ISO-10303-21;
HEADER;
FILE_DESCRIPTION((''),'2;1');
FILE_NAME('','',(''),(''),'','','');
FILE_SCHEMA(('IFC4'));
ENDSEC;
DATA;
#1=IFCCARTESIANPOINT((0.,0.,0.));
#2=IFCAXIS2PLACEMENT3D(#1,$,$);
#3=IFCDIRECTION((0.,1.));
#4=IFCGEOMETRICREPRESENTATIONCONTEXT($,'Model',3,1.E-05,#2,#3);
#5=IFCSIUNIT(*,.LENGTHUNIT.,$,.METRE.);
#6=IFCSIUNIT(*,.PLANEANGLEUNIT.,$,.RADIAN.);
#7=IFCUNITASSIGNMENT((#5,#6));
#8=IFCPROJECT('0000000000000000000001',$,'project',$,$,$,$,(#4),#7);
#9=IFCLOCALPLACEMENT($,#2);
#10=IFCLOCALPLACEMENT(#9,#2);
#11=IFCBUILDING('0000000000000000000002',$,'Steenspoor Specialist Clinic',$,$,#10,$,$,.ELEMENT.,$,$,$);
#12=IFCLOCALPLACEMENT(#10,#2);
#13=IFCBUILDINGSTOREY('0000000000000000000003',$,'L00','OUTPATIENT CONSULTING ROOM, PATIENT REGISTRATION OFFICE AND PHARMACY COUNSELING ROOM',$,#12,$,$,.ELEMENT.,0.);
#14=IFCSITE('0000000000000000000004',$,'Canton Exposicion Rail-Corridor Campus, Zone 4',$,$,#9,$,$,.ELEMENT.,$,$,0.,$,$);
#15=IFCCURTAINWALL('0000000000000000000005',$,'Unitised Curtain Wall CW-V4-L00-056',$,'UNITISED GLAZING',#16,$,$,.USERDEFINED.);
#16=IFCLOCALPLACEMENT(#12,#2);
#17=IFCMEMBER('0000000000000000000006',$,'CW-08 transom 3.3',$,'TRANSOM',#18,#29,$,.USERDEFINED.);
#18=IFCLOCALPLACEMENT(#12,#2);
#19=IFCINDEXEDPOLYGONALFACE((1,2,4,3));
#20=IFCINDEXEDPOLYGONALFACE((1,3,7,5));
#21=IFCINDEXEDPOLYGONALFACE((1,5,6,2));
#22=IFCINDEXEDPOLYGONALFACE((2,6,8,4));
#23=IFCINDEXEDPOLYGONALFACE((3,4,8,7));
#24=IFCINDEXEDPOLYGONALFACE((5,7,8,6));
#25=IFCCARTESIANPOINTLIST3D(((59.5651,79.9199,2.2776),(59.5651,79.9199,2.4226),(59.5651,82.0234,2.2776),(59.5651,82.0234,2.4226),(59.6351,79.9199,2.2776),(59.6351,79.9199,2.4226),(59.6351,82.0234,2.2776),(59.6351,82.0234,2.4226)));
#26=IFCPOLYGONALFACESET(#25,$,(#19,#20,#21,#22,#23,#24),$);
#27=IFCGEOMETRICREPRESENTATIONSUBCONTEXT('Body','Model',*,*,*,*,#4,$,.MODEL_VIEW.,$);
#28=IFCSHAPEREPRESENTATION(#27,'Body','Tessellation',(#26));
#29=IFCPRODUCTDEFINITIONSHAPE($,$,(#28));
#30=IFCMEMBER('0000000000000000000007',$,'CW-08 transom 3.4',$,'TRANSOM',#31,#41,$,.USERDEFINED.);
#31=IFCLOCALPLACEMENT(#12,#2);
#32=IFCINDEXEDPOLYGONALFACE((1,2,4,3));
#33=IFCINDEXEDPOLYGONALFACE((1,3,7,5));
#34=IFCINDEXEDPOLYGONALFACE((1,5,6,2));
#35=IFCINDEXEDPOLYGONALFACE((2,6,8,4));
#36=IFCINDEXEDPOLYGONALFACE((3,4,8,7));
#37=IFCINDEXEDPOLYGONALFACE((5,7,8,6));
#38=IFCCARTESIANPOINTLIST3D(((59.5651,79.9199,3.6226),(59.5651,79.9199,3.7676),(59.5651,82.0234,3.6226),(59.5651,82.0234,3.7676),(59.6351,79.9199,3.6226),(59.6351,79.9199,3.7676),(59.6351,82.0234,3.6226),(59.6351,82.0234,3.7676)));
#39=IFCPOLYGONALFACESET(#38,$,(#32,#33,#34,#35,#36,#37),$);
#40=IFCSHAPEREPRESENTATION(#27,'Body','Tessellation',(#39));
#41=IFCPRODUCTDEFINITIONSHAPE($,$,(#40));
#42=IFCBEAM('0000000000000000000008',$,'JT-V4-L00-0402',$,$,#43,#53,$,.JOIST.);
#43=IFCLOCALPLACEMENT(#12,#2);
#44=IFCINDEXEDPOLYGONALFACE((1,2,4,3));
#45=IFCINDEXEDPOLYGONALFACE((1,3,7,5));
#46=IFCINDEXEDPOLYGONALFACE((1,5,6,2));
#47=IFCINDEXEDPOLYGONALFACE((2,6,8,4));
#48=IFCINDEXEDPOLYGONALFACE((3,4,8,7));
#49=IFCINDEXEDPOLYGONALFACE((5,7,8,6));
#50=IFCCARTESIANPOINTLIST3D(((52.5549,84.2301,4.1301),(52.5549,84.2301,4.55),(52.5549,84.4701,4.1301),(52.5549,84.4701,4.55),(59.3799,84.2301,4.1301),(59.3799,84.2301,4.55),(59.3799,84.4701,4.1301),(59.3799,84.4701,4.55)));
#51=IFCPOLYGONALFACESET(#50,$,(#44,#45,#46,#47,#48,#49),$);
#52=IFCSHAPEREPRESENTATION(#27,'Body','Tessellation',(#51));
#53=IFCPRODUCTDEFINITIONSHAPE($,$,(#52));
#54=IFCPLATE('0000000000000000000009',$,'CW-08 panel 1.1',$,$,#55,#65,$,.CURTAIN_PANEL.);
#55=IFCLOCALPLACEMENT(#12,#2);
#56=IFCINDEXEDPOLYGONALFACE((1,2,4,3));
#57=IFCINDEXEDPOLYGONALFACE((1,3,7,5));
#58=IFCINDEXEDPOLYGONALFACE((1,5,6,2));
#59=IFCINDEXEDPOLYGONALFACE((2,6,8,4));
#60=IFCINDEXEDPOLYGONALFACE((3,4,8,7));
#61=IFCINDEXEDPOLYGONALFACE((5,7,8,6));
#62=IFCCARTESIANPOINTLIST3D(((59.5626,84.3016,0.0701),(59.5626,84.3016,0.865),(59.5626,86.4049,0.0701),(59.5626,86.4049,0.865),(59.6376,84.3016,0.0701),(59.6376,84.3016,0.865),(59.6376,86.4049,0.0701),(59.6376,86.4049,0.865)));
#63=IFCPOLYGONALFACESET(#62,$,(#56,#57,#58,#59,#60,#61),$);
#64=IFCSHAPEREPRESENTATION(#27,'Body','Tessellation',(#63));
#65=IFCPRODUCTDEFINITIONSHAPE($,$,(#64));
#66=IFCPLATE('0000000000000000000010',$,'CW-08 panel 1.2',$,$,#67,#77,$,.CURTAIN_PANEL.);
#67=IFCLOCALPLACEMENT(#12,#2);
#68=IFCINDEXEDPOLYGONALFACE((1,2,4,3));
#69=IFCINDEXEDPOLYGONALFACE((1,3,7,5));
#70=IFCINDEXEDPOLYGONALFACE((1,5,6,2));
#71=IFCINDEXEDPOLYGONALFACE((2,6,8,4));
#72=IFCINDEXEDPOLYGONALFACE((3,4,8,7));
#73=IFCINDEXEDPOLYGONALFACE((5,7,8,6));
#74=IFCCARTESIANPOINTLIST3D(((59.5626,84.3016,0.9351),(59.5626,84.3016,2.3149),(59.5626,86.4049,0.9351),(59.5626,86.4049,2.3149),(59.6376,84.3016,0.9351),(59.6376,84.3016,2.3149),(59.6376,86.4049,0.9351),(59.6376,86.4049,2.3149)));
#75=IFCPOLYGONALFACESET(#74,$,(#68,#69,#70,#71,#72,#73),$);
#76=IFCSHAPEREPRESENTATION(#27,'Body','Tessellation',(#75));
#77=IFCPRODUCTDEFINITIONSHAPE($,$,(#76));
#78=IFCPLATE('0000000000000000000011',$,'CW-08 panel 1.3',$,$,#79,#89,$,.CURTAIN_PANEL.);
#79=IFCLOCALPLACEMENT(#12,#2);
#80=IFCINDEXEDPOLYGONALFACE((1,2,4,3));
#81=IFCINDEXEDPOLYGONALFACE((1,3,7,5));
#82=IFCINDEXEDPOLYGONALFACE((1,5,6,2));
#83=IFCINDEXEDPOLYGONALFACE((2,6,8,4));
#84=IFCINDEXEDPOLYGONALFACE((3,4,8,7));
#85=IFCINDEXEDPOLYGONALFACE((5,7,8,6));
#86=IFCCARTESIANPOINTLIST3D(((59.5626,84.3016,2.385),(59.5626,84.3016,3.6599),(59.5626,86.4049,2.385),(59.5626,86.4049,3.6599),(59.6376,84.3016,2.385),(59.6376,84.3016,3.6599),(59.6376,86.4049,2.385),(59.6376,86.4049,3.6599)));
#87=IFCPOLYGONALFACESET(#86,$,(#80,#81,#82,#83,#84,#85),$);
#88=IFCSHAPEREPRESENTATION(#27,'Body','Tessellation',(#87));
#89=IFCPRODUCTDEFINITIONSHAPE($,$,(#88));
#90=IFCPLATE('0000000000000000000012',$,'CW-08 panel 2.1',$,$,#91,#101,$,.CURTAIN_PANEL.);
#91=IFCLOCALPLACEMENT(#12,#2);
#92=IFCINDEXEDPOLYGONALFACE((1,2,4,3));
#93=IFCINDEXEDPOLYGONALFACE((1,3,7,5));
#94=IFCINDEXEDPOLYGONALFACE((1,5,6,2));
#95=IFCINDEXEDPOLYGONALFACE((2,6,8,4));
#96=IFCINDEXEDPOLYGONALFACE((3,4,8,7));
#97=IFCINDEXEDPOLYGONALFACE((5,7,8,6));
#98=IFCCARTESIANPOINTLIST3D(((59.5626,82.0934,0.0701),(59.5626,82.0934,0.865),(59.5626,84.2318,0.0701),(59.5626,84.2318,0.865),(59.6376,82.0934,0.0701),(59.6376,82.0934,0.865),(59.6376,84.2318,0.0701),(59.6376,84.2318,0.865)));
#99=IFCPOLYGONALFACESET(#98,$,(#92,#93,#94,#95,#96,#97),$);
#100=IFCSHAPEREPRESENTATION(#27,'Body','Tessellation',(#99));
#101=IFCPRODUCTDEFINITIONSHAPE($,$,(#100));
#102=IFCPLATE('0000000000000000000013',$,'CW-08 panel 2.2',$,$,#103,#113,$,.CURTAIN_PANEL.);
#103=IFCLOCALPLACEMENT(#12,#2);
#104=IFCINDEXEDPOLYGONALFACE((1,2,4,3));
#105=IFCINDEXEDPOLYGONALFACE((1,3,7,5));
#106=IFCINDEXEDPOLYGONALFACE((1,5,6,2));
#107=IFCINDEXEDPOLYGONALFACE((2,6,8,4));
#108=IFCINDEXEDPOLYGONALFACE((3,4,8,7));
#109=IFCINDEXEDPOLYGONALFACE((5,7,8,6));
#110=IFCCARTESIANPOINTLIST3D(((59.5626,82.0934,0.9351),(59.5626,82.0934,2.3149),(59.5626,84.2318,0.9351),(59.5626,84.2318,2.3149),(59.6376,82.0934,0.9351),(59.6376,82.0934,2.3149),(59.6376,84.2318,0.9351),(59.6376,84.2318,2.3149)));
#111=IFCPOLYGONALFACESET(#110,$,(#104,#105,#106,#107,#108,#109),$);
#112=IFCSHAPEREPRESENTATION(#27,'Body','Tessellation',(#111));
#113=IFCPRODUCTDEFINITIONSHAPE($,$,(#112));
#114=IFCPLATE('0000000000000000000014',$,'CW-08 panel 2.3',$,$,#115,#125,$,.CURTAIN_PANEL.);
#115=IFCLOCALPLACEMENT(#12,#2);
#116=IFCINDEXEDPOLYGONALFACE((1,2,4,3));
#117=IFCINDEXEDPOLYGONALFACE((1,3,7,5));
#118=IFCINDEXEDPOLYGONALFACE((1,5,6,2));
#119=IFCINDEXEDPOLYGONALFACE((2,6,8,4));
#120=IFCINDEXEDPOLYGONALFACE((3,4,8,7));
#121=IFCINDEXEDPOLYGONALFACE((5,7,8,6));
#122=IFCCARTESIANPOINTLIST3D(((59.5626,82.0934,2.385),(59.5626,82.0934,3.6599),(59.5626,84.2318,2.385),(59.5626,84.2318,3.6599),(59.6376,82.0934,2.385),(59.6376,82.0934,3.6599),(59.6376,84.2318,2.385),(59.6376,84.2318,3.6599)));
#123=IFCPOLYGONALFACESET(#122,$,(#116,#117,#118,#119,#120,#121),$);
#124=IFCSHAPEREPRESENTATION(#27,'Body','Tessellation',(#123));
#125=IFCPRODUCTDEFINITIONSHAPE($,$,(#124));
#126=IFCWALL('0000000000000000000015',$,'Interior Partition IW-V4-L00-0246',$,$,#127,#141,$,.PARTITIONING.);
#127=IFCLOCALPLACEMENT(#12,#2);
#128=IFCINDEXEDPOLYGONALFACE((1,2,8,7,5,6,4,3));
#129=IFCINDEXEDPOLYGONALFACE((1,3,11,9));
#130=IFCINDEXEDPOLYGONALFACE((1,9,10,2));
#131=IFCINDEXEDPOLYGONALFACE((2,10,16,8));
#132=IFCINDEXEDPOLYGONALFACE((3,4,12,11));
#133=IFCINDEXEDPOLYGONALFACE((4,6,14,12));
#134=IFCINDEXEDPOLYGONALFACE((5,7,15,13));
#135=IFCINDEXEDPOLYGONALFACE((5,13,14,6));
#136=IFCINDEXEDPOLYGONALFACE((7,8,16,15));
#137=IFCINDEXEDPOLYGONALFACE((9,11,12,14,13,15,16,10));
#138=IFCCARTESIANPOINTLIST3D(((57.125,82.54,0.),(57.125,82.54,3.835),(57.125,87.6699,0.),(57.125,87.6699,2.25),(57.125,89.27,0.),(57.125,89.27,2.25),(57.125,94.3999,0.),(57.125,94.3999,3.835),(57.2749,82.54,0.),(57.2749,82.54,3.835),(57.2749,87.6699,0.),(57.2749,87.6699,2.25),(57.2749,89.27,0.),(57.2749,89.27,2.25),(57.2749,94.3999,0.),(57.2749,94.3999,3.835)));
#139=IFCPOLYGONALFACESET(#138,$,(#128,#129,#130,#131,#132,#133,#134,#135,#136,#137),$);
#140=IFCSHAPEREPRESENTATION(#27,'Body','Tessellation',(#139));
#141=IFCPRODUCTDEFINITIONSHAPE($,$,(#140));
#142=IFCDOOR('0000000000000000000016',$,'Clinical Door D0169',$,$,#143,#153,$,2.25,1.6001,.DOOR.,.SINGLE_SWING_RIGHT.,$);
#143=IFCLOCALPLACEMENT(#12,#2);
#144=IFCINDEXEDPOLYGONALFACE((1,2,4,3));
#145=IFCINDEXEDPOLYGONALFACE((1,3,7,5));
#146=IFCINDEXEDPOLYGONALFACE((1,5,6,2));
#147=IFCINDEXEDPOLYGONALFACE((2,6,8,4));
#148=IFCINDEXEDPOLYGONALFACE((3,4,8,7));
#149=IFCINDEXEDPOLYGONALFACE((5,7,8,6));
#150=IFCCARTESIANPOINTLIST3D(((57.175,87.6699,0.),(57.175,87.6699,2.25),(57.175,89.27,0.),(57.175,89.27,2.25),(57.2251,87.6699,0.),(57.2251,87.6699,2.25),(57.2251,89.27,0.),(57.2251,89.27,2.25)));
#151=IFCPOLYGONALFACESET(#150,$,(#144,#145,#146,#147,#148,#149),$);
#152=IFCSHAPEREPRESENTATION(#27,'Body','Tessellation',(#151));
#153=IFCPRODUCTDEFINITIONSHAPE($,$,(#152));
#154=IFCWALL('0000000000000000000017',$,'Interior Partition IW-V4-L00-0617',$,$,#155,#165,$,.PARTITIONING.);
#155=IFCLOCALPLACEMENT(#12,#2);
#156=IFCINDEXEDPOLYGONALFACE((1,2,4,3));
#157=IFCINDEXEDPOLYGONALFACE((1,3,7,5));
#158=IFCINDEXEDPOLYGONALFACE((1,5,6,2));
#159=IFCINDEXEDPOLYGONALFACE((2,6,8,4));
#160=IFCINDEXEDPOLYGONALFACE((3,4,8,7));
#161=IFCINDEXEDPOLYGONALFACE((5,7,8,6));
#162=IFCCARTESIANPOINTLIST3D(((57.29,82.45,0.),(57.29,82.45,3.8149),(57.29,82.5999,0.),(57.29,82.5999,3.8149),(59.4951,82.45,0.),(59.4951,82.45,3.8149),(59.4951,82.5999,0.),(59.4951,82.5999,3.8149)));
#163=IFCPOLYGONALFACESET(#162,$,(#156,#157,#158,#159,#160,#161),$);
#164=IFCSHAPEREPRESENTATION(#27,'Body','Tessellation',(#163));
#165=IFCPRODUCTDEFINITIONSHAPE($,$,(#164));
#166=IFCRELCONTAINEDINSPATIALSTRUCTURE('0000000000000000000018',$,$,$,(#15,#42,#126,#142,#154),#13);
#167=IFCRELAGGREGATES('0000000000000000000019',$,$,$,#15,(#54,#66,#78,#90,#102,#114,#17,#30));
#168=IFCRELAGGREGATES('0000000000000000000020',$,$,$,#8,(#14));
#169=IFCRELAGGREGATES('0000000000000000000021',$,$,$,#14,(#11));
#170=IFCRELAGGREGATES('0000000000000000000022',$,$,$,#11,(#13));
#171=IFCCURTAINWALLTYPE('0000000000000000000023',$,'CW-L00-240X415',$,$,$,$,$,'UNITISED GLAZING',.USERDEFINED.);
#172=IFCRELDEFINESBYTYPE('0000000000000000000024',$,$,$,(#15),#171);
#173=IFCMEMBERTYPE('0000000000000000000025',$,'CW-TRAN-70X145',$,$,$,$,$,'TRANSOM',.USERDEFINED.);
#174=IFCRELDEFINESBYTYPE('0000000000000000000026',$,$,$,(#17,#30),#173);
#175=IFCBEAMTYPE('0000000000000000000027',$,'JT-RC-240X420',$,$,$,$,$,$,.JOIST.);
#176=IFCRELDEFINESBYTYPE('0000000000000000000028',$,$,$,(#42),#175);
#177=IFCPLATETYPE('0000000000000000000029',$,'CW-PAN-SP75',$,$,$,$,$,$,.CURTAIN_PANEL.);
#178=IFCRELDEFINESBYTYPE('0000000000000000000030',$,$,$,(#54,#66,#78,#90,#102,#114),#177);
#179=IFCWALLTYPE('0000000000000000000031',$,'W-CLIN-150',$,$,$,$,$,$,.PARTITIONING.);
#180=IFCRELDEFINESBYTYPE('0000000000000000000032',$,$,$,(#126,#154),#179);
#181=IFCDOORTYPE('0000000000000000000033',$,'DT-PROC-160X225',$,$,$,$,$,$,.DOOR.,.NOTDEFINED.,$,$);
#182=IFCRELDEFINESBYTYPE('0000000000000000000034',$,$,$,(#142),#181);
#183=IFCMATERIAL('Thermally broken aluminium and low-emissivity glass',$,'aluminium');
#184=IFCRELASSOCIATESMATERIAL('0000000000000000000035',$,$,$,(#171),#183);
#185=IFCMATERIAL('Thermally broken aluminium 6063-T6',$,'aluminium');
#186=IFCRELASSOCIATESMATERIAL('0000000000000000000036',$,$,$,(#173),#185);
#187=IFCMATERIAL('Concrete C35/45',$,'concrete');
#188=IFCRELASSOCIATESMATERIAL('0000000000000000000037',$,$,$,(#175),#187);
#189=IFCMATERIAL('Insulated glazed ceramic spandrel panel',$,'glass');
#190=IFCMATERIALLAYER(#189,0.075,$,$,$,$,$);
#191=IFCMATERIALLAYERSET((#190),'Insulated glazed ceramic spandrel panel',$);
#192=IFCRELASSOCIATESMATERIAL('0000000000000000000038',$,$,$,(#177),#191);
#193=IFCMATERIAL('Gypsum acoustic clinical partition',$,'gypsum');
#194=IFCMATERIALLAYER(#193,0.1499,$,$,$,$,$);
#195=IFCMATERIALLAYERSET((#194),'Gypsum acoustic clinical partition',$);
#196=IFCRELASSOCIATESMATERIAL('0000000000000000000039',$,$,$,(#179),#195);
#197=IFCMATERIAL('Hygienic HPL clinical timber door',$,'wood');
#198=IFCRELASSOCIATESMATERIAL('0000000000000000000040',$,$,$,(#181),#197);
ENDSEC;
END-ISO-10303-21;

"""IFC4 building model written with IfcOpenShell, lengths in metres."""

from ifc_helpers import new_model, si_unit, direction, frame, frame_2d, origin, origin_2d, place, context, subcontext, project, spatial, rectangle, extrude, material, layer, layer_set, material_profile, profile_set, type_object, element, fill, aggregate, save


model = new_model("IFC4")

# Units and contexts
model_context = context("Model", 3, precision=1e-05, world=origin(), true_north=direction((0.0, 1.0)))
body_context = subcontext(model_context, "Body", "Model", "MODEL_VIEW")
ifc_project = project(units=[si_unit("LENGTHUNIT", "METRE"), si_unit("PLANEANGLEUNIT", "RADIAN")], contexts=[model_context])

# Site, building, storey
site_placement = place(None, origin())
site = spatial("IfcSite", under=ifc_project, at=site_placement, Name="Canton Exposicion Rail-Corridor Campus, Zone 4", CompositionType="ELEMENT", RefElevation=0.0)
building_placement = place(site_placement, origin())
building = spatial("IfcBuilding", under=site, at=building_placement, Name="Steenspoor Specialist Clinic", CompositionType="ELEMENT")
storey_placement = place(building_placement, origin())
storey = spatial("IfcBuildingStorey", under=building, at=storey_placement, Name="L00", Description="OUTPATIENT CONSULTING ROOM, PATIENT REGISTRATION OFFICE AND PHARMACY COUNSELING ROOM", CompositionType="ELEMENT", Elevation=0.0)

# Shared definitions
ifc_material_1 = material(Name="Concrete C35/45", Category="concrete")

# Curtain wall, members
ifc_material_2 = material(Name="Thermally broken aluminium and low-emissivity glass", Category="aluminium")
curtain_wall_type = type_object("IfcCurtainWallType", Name="CW-L00-240X415", ElementType="UNITISED GLAZING", PredefinedType="USERDEFINED", material=ifc_material_2)
curtain_wall_placement = place(storey_placement, origin())
curtain_wall = element("IfcCurtainWall", 1, at=curtain_wall_placement, inside=storey, type_object=curtain_wall_type, Name="Unitised Curtain Wall CW-V4-L00-056", ObjectType="UNITISED GLAZING", PredefinedType="USERDEFINED")
ifc_material_3 = material(Name="Thermally broken aluminium 6063-T6", Category="aluminium")
ifc_material_profile_1 = material_profile(ifc_material_3, rectangle(XDim=0.0701, YDim=0.145, at=origin_2d()), Name="CWT-70X145")
ifc_profile_set_1 = profile_set([ifc_material_profile_1], Name="Thermally broken aluminium 6063-T6")
member_type_1 = type_object("IfcMemberType", Name="CW-TRAN-70X145", ElementType="TRANSOM", PredefinedType="USERDEFINED", material=ifc_profile_set_1)
member_1_placement = place(storey_placement, frame((59.6001, 82.0234, 2.3501), z_axis=(0.0, -1.0, 0.0), x_axis=(1.0, 0.0, 0.0)))
member_1 = element("IfcMember", 2, at=member_1_placement, type_object=member_type_1, Name="CW-08 transom 3.3", ObjectType="TRANSOM", PredefinedType="USERDEFINED", context=body_context, shape_type="SweptSolid", body=[
    extrude(rectangle(XDim=0.0701, YDim=0.145, at=origin_2d()), origin(), (0.0, 0.0, 1.0), 2.1035),
])
member_2_placement = place(storey_placement, frame((59.6001, 82.0234, 3.6951), z_axis=(0.0, -1.0, 0.0), x_axis=(1.0, 0.0, 0.0)))
member_2 = element("IfcMember", 3, at=member_2_placement, type_object=member_type_1, Name="CW-08 transom 3.4", ObjectType="TRANSOM", PredefinedType="USERDEFINED", context=body_context, shape_type="SweptSolid", body=[
    extrude(rectangle(XDim=0.0701, YDim=0.145, at=origin_2d()), origin(), (0.0, 0.0, 1.0), 2.1035),
])

# Beam
ifc_material_profile_2 = material_profile(ifc_material_1, rectangle(XDim=0.24, YDim=0.4199, at=origin_2d()), Name="RC-JT-240X420")
ifc_profile_set_2 = profile_set([ifc_material_profile_2], Name="Concrete C35/45")
beam_type = type_object("IfcBeamType", Name="JT-RC-240X420", PredefinedType="JOIST", material=ifc_profile_set_2)
beam_placement = place(storey_placement, frame((52.5549, 84.3501, 4.3401), z_axis=(1.0, 0.0, 0.0), x_axis=(0.0, 1.0, 0.0)))
element("IfcBeam", 4, at=beam_placement, inside=storey, type_object=beam_type, Name="JT-V4-L00-0402", PredefinedType="JOIST", context=body_context, shape_type="SweptSolid", body=[
    extrude(rectangle(XDim=0.24, YDim=0.4199, at=origin_2d()), origin(), (0.0, 0.0, 1.0), 6.825),
])

# Plates
ifc_material_4 = material(Name="Insulated glazed ceramic spandrel panel", Category="glass")
ifc_layer_1 = layer(ifc_material_4, 0.075)
ifc_layer_set_1 = layer_set([ifc_layer_1], Name="Insulated glazed ceramic spandrel panel")
plate_type = type_object("IfcPlateType", Name="CW-PAN-SP75", PredefinedType="CURTAIN_PANEL", material=ifc_layer_set_1)
plate_1_placement = place(storey_placement, frame((59.6001, 85.3533, 0.0701), z_axis=(0.0, 0.0, 1.0), x_axis=(0.0, -1.0, 0.0)))
plate_1 = element("IfcPlate", 5, at=plate_1_placement, type_object=plate_type, Name="CW-08 panel 1.1", PredefinedType="CURTAIN_PANEL", context=body_context, shape_type="SweptSolid", body=[
    extrude(rectangle(XDim=2.1033, YDim=0.075, at=origin_2d()), origin(), (0.0, 0.0, 1.0), 0.7949),
])
plate_2_placement = place(storey_placement, frame((59.6001, 85.3533, 0.9351), z_axis=(0.0, 0.0, 1.0), x_axis=(0.0, -1.0, 0.0)))
plate_2 = element("IfcPlate", 6, at=plate_2_placement, type_object=plate_type, Name="CW-08 panel 1.2", PredefinedType="CURTAIN_PANEL", context=body_context, shape_type="SweptSolid", body=[
    extrude(rectangle(XDim=2.1033, YDim=0.075, at=origin_2d()), origin(), (0.0, 0.0, 1.0), 1.3799),
])
plate_3_placement = place(storey_placement, frame((59.6001, 85.3533, 2.385), z_axis=(0.0, 0.0, 1.0), x_axis=(0.0, -1.0, 0.0)))
plate_3 = element("IfcPlate", 7, at=plate_3_placement, type_object=plate_type, Name="CW-08 panel 1.3", PredefinedType="CURTAIN_PANEL", context=body_context, shape_type="SweptSolid", body=[
    extrude(rectangle(XDim=2.1033, YDim=0.075, at=origin_2d()), origin(), (0.0, 0.0, 1.0), 1.2749),
])
plate_4_placement = place(storey_placement, frame((59.6001, 83.1626, 0.0701), z_axis=(0.0, 0.0, 1.0), x_axis=(0.0, -1.0, 0.0)))
plate_4 = element("IfcPlate", 8, at=plate_4_placement, type_object=plate_type, Name="CW-08 panel 2.1", PredefinedType="CURTAIN_PANEL", context=body_context, shape_type="SweptSolid", body=[
    extrude(rectangle(XDim=2.1384, YDim=0.075, at=origin_2d()), origin(), (0.0, 0.0, 1.0), 0.7949),
])
plate_5_placement = place(storey_placement, frame((59.6001, 83.1626, 0.9351), z_axis=(0.0, 0.0, 1.0), x_axis=(0.0, -1.0, 0.0)))
plate_5 = element("IfcPlate", 9, at=plate_5_placement, type_object=plate_type, Name="CW-08 panel 2.2", PredefinedType="CURTAIN_PANEL", context=body_context, shape_type="SweptSolid", body=[
    extrude(rectangle(XDim=2.1384, YDim=0.075, at=origin_2d()), origin(), (0.0, 0.0, 1.0), 1.3799),
])
plate_6_placement = place(storey_placement, frame((59.6001, 83.1626, 2.385), z_axis=(0.0, 0.0, 1.0), x_axis=(0.0, -1.0, 0.0)))
plate_6 = element("IfcPlate", 10, at=plate_6_placement, type_object=plate_type, Name="CW-08 panel 2.3", PredefinedType="CURTAIN_PANEL", context=body_context, shape_type="SweptSolid", body=[
    extrude(rectangle(XDim=2.1384, YDim=0.075, at=origin_2d()), origin(), (0.0, 0.0, 1.0), 1.2749),
])
aggregate(curtain_wall, [plate_1, plate_2, plate_3, plate_4, plate_5, plate_6, member_1, member_2])

# Wall, opening, door
ifc_material_5 = material(Name="Gypsum acoustic clinical partition", Category="gypsum")
ifc_layer_2 = layer(ifc_material_5, 0.1499)
ifc_layer_set_2 = layer_set([ifc_layer_2], Name="Gypsum acoustic clinical partition")
wall_type = type_object("IfcWallType", Name="W-CLIN-150", PredefinedType="PARTITIONING", material=ifc_layer_set_2)
wall_1_placement = place(storey_placement, frame((57.2, 82.54, 0.0), z_axis=(0.0, 0.0, 1.0), x_axis=(0.0, 1.0, 0.0)))
wall_1 = element("IfcWall", 11, at=wall_1_placement, inside=storey, type_object=wall_type, Name="Interior Partition IW-V4-L00-0246", PredefinedType="PARTITIONING", context=body_context, shape_type="SweptSolid", body=[
    extrude(rectangle(XDim=11.8599, YDim=0.1499, at=frame_2d((5.9299, 0.0))), origin(), (0.0, 0.0, 1.0), 3.835),
])
opening_placement = place(wall_1_placement, frame((5.1299, 0.0, 0.0)))
opening = element("IfcOpeningElement", 12, at=opening_placement, cuts=wall_1, PredefinedType="OPENING", context=body_context, shape_type="SweptSolid", body=[
    extrude(rectangle(XDim=1.6001, YDim=2.25, at=frame_2d((0.8, 1.125))), frame((0.0, 0.085, 0.0), z_axis=(0.0, -1.0, 0.0), x_axis=(1.0, 0.0, 0.0)), (0.0, 0.0, 1.0), 0.1699),
])
ifc_material_6 = material(Name="Hygienic HPL clinical timber door", Category="wood")
door_type = type_object("IfcDoorType", Name="DT-PROC-160X225", OperationType="NOTDEFINED", PredefinedType="DOOR", material=ifc_material_6)
door_placement = place(opening_placement, origin())
door = element("IfcDoor", 13, at=door_placement, inside=storey, type_object=door_type, Name="Clinical Door D0169", OperationType="SINGLE_SWING_RIGHT", OverallHeight=2.25, OverallWidth=1.6001, PredefinedType="DOOR", context=body_context, shape_type="SweptSolid", body=[
    extrude(rectangle(XDim=1.6001, YDim=2.25, at=frame_2d((0.8, 1.125))), frame((0.0, 0.0249, 0.0), z_axis=(0.0, -1.0, 0.0), x_axis=(1.0, 0.0, 0.0)), (0.0, 0.0, 1.0), 0.05),
])
fill(opening, door)

# Wall
wall_2_placement = place(storey_placement, frame((57.29, 82.5249, 0.0), z_axis=(0.0, 0.0, 1.0), x_axis=(1.0, 0.0, 0.0)))
element("IfcWall", 14, at=wall_2_placement, inside=storey, type_object=wall_type, Name="Interior Partition IW-V4-L00-0617", PredefinedType="PARTITIONING", context=body_context, shape_type="SweptSolid", body=[
    extrude(rectangle(XDim=2.2051, YDim=0.1499, at=frame_2d((1.1025, 0.0))), origin(), (0.0, 0.0, 1.0), 3.8149),
])

save(model, "model.ifc")
